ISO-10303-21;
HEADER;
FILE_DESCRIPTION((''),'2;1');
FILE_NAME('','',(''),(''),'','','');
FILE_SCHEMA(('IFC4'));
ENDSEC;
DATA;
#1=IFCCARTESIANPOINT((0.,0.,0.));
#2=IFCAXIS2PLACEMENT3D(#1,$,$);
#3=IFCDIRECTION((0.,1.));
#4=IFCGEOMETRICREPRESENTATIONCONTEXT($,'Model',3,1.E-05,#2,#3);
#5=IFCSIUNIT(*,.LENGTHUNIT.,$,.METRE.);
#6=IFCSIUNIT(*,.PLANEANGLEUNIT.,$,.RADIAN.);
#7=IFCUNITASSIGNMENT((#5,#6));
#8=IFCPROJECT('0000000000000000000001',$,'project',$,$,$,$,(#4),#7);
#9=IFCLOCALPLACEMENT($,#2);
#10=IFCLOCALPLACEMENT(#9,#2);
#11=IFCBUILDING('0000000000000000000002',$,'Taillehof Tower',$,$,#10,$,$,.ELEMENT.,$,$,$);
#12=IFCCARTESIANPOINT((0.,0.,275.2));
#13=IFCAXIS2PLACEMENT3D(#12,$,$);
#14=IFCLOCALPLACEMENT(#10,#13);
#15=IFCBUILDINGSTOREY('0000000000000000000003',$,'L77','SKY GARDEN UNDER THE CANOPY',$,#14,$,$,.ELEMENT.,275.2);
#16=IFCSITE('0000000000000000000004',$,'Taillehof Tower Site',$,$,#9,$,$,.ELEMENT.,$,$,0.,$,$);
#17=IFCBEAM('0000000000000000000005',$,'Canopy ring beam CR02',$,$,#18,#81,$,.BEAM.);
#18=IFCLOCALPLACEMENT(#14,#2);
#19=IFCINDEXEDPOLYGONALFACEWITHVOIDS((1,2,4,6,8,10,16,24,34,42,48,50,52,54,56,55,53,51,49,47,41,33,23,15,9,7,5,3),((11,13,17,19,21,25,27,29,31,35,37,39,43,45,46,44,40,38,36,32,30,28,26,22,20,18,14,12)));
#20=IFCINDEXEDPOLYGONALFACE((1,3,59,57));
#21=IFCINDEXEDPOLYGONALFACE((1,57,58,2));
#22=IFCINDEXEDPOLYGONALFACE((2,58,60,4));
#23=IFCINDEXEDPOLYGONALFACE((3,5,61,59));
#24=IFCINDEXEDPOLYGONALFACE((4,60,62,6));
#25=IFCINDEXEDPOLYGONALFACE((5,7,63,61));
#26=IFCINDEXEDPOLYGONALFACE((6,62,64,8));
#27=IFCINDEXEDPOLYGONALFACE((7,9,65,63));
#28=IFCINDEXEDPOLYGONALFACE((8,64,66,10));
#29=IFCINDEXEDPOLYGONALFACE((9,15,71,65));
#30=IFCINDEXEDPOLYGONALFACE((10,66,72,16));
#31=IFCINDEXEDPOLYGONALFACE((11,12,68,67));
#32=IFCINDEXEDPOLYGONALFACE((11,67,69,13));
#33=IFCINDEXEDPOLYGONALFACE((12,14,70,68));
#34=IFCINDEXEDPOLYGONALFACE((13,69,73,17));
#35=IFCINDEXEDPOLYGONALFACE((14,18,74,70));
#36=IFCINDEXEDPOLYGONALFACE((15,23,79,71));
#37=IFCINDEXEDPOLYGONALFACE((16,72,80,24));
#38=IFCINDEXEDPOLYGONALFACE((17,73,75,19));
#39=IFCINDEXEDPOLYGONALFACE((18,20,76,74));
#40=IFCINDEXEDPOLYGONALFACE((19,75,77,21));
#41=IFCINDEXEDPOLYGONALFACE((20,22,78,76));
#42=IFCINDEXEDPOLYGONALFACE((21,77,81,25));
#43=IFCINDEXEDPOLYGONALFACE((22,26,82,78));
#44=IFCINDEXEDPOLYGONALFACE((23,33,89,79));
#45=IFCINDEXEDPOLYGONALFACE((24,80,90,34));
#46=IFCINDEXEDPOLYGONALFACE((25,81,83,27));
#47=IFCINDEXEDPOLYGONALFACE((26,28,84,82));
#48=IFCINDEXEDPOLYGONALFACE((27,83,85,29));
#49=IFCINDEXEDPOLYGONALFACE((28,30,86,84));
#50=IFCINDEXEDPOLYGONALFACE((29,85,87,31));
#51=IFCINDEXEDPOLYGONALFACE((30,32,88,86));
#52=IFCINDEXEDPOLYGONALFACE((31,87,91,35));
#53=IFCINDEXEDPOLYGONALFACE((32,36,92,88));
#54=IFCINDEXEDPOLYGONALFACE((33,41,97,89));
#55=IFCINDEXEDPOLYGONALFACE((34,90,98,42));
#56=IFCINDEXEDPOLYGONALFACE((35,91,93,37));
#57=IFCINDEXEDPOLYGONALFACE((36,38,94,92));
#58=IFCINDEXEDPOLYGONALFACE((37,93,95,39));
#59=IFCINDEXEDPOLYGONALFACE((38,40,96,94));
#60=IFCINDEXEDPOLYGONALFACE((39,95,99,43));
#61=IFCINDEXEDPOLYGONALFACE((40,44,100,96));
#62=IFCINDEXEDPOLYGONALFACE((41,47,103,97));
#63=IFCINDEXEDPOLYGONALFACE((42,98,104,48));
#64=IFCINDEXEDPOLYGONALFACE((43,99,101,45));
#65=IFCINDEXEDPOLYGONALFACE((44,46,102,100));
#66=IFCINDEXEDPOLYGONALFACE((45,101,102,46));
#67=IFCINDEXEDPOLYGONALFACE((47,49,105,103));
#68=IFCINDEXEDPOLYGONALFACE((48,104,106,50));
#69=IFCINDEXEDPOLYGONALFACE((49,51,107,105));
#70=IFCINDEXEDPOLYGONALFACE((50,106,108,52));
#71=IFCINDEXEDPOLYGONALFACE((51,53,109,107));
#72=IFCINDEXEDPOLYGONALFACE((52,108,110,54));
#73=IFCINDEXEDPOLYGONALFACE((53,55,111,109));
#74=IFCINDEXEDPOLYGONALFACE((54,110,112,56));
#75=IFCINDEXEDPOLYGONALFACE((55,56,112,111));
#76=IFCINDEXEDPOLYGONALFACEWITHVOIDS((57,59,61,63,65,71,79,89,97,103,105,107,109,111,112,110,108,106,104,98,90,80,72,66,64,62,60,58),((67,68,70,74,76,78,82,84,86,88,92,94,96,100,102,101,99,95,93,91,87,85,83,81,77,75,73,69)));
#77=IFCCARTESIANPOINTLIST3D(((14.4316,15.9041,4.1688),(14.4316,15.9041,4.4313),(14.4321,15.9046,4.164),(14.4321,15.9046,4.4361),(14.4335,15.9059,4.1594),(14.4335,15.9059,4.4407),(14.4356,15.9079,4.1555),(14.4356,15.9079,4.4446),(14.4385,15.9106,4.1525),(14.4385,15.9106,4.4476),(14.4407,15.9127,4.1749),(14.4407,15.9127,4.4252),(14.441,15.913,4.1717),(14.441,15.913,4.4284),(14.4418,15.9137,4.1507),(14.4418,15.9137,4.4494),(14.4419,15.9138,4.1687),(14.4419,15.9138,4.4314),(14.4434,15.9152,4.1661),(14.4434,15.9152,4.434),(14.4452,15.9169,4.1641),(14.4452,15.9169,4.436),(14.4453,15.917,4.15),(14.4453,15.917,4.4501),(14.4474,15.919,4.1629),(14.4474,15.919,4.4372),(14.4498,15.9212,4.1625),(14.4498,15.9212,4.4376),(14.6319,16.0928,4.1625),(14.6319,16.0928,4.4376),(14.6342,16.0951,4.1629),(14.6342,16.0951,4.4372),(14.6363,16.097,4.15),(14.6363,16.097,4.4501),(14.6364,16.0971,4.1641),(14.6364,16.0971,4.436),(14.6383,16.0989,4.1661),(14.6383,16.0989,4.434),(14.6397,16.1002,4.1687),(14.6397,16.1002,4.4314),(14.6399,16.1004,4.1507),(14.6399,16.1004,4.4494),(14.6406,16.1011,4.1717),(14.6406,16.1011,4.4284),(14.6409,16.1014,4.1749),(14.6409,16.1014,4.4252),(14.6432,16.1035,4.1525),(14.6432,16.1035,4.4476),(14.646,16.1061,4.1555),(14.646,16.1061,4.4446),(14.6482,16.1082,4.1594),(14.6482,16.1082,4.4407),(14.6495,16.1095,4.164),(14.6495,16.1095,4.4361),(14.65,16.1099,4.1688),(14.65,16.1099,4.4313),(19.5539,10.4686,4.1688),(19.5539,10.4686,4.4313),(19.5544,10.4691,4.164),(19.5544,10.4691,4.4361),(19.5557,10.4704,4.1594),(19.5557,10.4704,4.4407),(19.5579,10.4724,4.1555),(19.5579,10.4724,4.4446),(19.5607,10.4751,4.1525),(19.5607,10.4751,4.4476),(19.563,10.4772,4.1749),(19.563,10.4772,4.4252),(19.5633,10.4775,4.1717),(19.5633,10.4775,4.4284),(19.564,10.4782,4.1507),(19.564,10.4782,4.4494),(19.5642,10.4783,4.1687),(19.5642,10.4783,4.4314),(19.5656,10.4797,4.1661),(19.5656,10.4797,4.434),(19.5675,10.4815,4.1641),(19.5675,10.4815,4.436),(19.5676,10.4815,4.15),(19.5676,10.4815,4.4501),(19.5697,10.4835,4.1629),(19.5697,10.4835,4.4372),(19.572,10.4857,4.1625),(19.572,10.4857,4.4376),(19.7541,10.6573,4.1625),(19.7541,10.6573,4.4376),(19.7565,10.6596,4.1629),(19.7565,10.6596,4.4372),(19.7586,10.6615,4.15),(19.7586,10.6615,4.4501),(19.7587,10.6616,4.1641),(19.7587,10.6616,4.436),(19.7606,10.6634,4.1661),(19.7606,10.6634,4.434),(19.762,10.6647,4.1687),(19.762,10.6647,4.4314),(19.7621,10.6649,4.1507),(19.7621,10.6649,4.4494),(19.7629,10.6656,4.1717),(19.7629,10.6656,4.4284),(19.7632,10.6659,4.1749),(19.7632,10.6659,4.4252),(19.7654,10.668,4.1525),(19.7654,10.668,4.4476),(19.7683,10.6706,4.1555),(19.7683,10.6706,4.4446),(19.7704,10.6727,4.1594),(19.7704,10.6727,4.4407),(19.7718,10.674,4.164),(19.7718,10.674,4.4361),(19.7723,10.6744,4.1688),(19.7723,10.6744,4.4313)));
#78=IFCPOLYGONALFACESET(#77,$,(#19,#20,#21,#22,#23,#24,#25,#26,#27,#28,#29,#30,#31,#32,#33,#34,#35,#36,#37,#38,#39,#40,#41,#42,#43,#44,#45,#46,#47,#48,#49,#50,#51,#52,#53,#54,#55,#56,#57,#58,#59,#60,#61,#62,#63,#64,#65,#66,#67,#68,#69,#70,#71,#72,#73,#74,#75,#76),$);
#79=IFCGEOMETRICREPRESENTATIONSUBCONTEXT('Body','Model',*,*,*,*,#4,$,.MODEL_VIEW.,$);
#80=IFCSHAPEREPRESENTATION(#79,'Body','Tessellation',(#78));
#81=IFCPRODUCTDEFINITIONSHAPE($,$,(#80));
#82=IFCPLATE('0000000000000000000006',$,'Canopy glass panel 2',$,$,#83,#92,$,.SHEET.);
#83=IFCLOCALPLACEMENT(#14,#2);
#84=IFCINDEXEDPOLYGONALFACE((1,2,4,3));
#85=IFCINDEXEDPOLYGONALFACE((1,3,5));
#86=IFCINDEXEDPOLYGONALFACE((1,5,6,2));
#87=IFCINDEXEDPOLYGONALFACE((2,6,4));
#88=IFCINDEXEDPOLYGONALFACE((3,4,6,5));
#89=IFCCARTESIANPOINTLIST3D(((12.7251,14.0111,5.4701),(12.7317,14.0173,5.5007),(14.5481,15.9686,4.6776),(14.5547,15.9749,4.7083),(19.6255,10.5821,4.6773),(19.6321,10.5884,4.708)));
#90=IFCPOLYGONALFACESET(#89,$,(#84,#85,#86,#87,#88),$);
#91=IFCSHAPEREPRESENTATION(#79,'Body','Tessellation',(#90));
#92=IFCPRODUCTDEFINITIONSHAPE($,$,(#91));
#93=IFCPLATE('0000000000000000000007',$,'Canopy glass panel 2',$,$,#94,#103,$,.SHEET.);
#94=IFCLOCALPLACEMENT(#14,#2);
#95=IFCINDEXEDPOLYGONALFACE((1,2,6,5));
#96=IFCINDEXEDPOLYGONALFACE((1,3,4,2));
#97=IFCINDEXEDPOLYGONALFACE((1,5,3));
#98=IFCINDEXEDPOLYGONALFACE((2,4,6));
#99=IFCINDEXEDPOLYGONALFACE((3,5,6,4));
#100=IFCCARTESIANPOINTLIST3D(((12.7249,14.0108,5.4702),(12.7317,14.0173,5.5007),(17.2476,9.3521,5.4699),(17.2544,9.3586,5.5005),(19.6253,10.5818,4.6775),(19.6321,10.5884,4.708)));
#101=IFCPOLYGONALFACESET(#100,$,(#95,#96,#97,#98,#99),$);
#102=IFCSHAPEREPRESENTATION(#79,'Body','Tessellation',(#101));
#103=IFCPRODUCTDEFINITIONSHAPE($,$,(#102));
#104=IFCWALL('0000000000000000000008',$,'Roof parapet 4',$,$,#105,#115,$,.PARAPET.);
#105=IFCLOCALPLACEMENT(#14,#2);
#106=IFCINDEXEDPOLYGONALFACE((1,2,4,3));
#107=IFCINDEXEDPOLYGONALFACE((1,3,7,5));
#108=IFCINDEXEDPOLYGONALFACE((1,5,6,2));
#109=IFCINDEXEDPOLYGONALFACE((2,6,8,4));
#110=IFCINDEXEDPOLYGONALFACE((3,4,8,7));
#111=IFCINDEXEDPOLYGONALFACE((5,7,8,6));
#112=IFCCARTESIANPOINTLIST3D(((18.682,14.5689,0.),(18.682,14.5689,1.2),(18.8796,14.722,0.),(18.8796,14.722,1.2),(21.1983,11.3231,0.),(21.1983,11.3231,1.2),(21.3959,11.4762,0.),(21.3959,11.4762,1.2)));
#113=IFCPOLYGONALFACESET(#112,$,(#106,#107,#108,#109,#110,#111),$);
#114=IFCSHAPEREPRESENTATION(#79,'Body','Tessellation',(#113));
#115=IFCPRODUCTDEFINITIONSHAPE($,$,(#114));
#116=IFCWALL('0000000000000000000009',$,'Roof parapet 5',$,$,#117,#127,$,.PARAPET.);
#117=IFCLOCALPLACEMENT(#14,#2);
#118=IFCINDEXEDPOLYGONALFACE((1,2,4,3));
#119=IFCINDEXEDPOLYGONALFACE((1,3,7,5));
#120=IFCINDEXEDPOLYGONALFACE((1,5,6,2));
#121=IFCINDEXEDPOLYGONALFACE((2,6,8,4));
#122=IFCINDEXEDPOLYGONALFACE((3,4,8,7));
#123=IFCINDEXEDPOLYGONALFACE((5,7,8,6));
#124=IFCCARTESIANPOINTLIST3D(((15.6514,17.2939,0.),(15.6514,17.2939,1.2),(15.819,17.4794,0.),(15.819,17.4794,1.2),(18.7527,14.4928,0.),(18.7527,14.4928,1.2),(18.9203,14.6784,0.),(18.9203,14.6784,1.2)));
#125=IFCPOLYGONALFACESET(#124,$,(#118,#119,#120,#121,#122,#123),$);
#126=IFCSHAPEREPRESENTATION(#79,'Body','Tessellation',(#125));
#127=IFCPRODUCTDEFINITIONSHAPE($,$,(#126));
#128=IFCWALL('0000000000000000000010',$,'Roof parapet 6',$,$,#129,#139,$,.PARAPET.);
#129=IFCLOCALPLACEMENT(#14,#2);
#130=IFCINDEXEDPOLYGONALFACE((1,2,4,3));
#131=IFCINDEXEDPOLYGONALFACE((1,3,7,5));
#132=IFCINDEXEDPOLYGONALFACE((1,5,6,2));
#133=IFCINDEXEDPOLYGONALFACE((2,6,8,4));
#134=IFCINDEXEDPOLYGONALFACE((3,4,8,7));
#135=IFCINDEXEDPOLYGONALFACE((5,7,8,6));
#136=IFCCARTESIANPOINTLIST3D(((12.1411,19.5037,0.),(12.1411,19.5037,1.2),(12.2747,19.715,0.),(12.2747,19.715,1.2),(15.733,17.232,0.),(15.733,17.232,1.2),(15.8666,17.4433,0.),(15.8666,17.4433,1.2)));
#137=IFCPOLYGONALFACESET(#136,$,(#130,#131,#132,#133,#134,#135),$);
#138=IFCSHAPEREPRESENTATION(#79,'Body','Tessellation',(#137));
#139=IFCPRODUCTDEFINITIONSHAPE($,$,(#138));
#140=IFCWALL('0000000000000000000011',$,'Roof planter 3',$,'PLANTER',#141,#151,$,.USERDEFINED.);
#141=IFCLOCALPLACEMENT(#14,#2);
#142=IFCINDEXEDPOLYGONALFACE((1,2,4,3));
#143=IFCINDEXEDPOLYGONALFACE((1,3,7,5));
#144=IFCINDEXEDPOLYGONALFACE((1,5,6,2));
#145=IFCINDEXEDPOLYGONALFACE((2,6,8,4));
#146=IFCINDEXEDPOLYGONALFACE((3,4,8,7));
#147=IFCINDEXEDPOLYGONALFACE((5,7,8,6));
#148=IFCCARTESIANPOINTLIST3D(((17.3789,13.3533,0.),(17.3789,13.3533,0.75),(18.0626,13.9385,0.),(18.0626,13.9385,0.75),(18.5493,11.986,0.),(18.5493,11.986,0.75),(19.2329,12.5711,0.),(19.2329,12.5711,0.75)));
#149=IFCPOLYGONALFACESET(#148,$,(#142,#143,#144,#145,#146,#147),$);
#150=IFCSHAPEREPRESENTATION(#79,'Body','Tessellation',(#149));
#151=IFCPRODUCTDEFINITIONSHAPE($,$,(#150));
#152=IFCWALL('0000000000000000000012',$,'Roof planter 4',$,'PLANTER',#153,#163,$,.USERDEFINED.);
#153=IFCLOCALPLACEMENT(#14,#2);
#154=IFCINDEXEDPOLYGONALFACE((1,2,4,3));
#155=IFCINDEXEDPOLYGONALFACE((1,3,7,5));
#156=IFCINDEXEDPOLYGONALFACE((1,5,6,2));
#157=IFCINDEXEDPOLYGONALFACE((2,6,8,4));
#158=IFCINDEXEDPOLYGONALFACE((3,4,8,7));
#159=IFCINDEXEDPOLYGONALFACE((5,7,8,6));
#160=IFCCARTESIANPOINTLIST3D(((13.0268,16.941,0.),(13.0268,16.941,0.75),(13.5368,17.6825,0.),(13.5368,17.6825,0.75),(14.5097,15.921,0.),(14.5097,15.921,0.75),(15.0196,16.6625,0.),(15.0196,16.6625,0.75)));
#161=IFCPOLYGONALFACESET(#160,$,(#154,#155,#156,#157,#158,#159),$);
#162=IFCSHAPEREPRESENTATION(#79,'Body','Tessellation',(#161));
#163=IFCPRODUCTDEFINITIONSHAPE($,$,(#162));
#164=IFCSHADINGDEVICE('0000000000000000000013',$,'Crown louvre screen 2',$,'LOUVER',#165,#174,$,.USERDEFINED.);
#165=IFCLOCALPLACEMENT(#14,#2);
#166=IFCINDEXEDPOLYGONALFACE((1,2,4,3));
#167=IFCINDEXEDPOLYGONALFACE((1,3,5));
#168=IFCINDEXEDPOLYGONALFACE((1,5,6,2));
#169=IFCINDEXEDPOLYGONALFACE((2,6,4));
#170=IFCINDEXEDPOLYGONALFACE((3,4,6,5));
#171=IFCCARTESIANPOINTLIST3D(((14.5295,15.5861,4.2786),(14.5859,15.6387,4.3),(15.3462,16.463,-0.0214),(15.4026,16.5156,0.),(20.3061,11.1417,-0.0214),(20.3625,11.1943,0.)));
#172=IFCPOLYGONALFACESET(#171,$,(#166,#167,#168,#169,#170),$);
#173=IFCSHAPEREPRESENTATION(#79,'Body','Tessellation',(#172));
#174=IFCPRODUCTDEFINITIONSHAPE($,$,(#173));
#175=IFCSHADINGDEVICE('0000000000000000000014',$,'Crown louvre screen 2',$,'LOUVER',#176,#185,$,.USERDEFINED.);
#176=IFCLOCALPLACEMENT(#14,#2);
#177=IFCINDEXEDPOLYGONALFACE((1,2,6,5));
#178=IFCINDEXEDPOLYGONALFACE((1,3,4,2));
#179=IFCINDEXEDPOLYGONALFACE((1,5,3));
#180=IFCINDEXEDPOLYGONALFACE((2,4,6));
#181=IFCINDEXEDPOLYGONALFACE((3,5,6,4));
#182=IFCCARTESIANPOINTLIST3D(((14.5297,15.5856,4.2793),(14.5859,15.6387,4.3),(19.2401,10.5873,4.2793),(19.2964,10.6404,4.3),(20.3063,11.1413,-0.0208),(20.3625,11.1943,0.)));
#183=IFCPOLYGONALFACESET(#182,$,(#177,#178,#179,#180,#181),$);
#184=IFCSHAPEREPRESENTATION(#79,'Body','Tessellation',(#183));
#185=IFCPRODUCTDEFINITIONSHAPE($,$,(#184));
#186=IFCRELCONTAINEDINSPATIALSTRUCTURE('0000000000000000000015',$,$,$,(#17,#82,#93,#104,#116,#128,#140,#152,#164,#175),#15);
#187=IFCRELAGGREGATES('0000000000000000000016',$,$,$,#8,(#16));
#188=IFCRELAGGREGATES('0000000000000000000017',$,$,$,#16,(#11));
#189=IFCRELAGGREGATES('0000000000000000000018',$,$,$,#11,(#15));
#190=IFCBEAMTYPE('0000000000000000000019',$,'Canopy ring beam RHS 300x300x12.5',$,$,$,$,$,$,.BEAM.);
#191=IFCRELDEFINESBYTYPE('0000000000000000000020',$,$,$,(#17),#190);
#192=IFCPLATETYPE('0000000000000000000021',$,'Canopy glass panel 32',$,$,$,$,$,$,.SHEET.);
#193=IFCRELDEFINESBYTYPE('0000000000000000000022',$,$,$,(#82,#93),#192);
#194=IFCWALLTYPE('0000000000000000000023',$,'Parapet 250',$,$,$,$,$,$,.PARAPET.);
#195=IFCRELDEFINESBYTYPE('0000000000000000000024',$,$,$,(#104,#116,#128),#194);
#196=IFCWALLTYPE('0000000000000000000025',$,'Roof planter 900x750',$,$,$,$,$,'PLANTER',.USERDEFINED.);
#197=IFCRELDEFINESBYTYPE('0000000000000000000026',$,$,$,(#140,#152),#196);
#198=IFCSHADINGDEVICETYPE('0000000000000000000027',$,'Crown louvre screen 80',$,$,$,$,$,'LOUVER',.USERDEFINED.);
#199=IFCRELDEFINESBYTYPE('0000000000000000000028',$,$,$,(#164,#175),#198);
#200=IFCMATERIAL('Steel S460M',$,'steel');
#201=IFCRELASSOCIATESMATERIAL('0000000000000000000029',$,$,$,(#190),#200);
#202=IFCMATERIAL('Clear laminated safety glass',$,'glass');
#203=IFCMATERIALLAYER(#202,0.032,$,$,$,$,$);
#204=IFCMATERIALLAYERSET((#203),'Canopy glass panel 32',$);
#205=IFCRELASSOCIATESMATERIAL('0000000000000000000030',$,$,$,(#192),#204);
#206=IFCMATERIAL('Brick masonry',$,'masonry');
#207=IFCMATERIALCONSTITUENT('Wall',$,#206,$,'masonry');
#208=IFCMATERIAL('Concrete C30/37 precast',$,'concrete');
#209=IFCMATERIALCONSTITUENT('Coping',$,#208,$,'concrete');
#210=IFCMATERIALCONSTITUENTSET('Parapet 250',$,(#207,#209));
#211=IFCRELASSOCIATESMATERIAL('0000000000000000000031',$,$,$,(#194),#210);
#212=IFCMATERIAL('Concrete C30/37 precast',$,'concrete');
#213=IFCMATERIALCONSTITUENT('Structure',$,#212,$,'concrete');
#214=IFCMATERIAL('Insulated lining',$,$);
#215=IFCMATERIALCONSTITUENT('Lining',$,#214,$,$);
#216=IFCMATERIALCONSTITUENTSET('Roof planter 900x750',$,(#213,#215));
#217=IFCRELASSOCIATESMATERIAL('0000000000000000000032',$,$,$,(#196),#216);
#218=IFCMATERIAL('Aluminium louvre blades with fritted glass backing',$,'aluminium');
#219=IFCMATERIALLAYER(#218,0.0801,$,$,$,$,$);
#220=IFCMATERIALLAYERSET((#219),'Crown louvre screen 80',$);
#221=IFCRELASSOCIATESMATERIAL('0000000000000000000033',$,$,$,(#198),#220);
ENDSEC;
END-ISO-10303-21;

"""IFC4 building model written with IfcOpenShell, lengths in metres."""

from ifc_helpers import new_model, si_unit, direction, frame, frame_2d, origin, origin_2d, place, context, subcontext, project, spatial, polyline, rectangle, hollow_rectangle, outline, extrude, material, layer, layer_set, constituent, constituent_set, material_profile, profile_set, type_object, element, save


model = new_model("IFC4")

# Units and contexts
model_context = context("Model", 3, precision=1e-05, world=origin(), true_north=direction((0.0, 1.0)))
body_context = subcontext(model_context, "Body", "Model", "MODEL_VIEW")
ifc_project = project(units=[si_unit("LENGTHUNIT", "METRE"), si_unit("PLANEANGLEUNIT", "RADIAN")], contexts=[model_context])

# Site, building, storey
site_placement = place(None, origin())
site = spatial("IfcSite", under=ifc_project, at=site_placement, Name="Taillehof Tower Site", CompositionType="ELEMENT", RefElevation=0.0)
building_placement = place(site_placement, origin())
building = spatial("IfcBuilding", under=site, at=building_placement, Name="Taillehof Tower", CompositionType="ELEMENT")
storey_placement = place(building_placement, frame((0.0, 0.0, 275.2)))
storey = spatial("IfcBuildingStorey", under=building, at=storey_placement, Name="L77", Description="SKY GARDEN UNDER THE CANOPY", CompositionType="ELEMENT", Elevation=275.2)

# Beam
ifc_material_1 = material(Name="Steel S460M", Category="steel")
ifc_material_profile_1 = material_profile(ifc_material_1, hollow_rectangle(XDim=0.3, YDim=0.3, WallThickness=0.0125, InnerFilletRadius=0.0125, OuterFilletRadius=0.0188, at=origin_2d()), Name="RHS 300x300x12.5")
ifc_profile_set_1 = profile_set([ifc_material_profile_1], Name="Steel S460M")
beam_type_1 = type_object("IfcBeamType", Name="Canopy ring beam RHS 300x300x12.5", PredefinedType="BEAM", material=ifc_profile_set_1)
beam_1_placement = place(storey_placement, frame((19.6631, 10.5715, 4.3), z_axis=(-0.685826, 0.727765, 0.0), x_axis=(-0.727765, -0.685826, 0.0)))
element("IfcBeam", 1, at=beam_1_placement, inside=storey, type_object=beam_type_1, Name="Canopy ring beam CR02", PredefinedType="BEAM", context=body_context, shape_type="SweptSolid", body=[
    extrude(hollow_rectangle(XDim=0.3, YDim=0.3, WallThickness=0.0125, InnerFilletRadius=0.0125, OuterFilletRadius=0.0188, at=origin_2d()), origin(), (0.0, 0.0, 1.0), 7.4688),
])

# Plates
ifc_material_2 = material(Name="Clear laminated safety glass", Category="glass")
ifc_layer_1 = layer(ifc_material_2, 0.032)
ifc_layer_set_1 = layer_set([ifc_layer_1], Name="Canopy glass panel 32")
plate_type = type_object("IfcPlateType", Name="Canopy glass panel 32", PredefinedType="SHEET", material=ifc_layer_set_1)
plate_1_placement = place(storey_placement, frame((19.6321, 10.5884, 4.708), z_axis=(0.207129, 0.1952, 0.958642), x_axis=(-0.685921, 0.727676, 0.000033)))
element("IfcPlate", 2, at=plate_1_placement, inside=storey, type_object=plate_type, Name="Canopy glass panel 2", PredefinedType="SHEET", context=body_context, shape_type="SweptSolid", body=[
    extrude(outline(polyline([(0.0, 0.0), (7.4023, 0.0), (7.2283, 2.7844), (0.0, 0.0)])), origin(), (0.0, 0.0, -1.0), 0.032),
])
plate_2_placement = place(storey_placement, frame((19.6321, 10.5884, 4.708), z_axis=(0.212001, 0.205763, 0.955362), x_axis=(-0.890825, 0.442671, 0.102339)))
element("IfcPlate", 3, at=plate_2_placement, inside=storey, type_object=plate_type, Name="Canopy glass panel 2", PredefinedType="SHEET", context=body_context, shape_type="SweptSolid", body=[
    extrude(outline(polyline([(0.0, 0.0), (7.7461, 0.0), (1.6548, 2.2484), (0.0, 0.0)])), origin(), (0.0, 0.0, -1.0), 0.032),
])

# Walls
ifc_material_3 = material(Name="Brick masonry", Category="masonry")
ifc_constituent_1 = constituent(ifc_material_3, Name="Wall", Category="masonry")
ifc_material_4 = material(Name="Concrete C30/37 precast", Category="concrete")
ifc_constituent_2 = constituent(ifc_material_4, Name="Coping", Category="concrete")
ifc_constituent_set_1 = constituent_set(constituents=[ifc_constituent_1, ifc_constituent_2], Name="Parapet 250")
wall_type_1 = type_object("IfcWallType", Name="Parapet 250", PredefinedType="PARAPET", material=ifc_constituent_set_1)
wall_1_placement = place(storey_placement, frame((21.2971, 11.3997, 0.0), z_axis=(0.0, 0.0, 1.0), x_axis=(-0.612697, 0.790318, 0.0)))
element("IfcWall", 4, at=wall_1_placement, inside=storey, type_object=wall_type_1, Name="Roof parapet 4", PredefinedType="PARAPET", context=body_context, shape_type="SweptSolid", body=[
    extrude(rectangle(XDim=4.1069, YDim=0.25, at=frame_2d((2.0535, 0.0))), origin(), (0.0, 0.0, 1.0), 1.2),
])
wall_2_placement = place(storey_placement, frame((18.8364, 14.5857, 0.0), z_axis=(0.0, 0.0, 1.0), x_axis=(-0.742122, 0.670264, 0.0)))
element("IfcWall", 5, at=wall_2_placement, inside=storey, type_object=wall_type_1, Name="Roof parapet 5", PredefinedType="PARAPET", context=body_context, shape_type="SweptSolid", body=[
    extrude(rectangle(XDim=4.179, YDim=0.25, at=frame_2d((2.0894, 0.0))), origin(), (0.0, 0.0, 1.0), 1.2),
])
wall_3_placement = place(storey_placement, frame((15.7998, 17.3376, 0.0), z_axis=(0.0, 0.0, 1.0), x_axis=(-0.845163, 0.534509, 0.0)))
element("IfcWall", 6, at=wall_3_placement, inside=storey, type_object=wall_type_1, Name="Roof parapet 6", PredefinedType="PARAPET", context=body_context, shape_type="SweptSolid", body=[
    extrude(rectangle(XDim=4.25, YDim=0.25, at=frame_2d((2.125, 0.0))), origin(), (0.0, 0.0, 1.0), 1.2),
])
ifc_material_5 = material(Name="Concrete C30/37 precast", Category="concrete")
ifc_constituent_3 = constituent(ifc_material_5, Name="Structure", Category="concrete")
ifc_material_6 = material(Name="Insulated lining")
ifc_constituent_4 = constituent(ifc_material_6, Name="Lining")
ifc_constituent_set_2 = constituent_set(constituents=[ifc_constituent_3, ifc_constituent_4], Name="Roof planter 900x750")
wall_type_2 = type_object("IfcWallType", Name="Roof planter 900x750", ElementType="PLANTER", PredefinedType="USERDEFINED", material=ifc_constituent_set_2)
for number, where, z_axis, x_axis, name in (
    (7, (18.8911, 12.2786, 0.0), (0.0, 0.0, 1.0), (-0.650255, 0.759716, 0.0), "Roof planter 3"),
    (8, (14.7646, 16.2917, 0.0), (0.0, 0.0, 1.0), (-0.823907, 0.566725, 0.0), "Roof planter 4"),
):
    element("IfcWall", number, at=place(storey_placement, frame(where, z_axis=z_axis, x_axis=x_axis)), inside=storey, type_object=wall_type_2, Name=name, ObjectType="PLANTER", PredefinedType="USERDEFINED", context=body_context, shape_type="SweptSolid", body=[
        extrude(rectangle(XDim=1.7998, YDim=0.8999, at=frame_2d((0.8999, 0.0))), origin(), (0.0, 0.0, 1.0), 0.75),
    ])

# Shading devices
ifc_material_7 = material(Name="Aluminium louvre blades with fritted glass backing", Category="aluminium")
ifc_layer_2 = layer(ifc_material_7, 0.0801)
ifc_layer_set_2 = layer_set([ifc_layer_2], Name="Crown louvre screen 80")
shading_device_type = type_object("IfcShadingDeviceType", Name="Crown louvre screen 80", ElementType="LOUVER", PredefinedType="USERDEFINED", material=ifc_layer_set_2)
shading_device_1_placement = place(storey_placement, frame((20.3625, 11.1943, 0.0), z_axis=(0.704783, 0.656926, 0.267824), x_axis=(-0.681835, 0.731506, 0.0)))
element("IfcShadingDevice", 9, at=shading_device_1_placement, inside=storey, type_object=shading_device_type, Name="Crown louvre screen 2", ObjectType="LOUVER", PredefinedType="USERDEFINED", context=body_context, shape_type="SweptSolid", body=[
    extrude(outline(polyline([(0.0, 0.0), (7.2744, 0.0), (7.1898, 4.4631), (0.0, 0.0)])), origin(), (0.0, 0.0, -1.0), 0.0801),
])
shading_device_2_placement = place(storey_placement, frame((20.3625, 11.1943, 0.0), z_axis=(0.702805, 0.662332, 0.25958), x_axis=(-0.682623, 0.525188, 0.508137)))
element("IfcShadingDevice", 10, at=shading_device_2_placement, inside=storey, type_object=shading_device_type, Name="Crown louvre screen 2", ObjectType="LOUVER", PredefinedType="USERDEFINED", context=body_context, shape_type="SweptSolid", body=[
    extrude(outline(polyline([(0.0, 0.0), (8.4624, 0.0), (2.6219, 3.6138), (0.0, 0.0)])), origin(), (0.0, 0.0, -1.0), 0.0801),
])

save(model, "model.ifc")
